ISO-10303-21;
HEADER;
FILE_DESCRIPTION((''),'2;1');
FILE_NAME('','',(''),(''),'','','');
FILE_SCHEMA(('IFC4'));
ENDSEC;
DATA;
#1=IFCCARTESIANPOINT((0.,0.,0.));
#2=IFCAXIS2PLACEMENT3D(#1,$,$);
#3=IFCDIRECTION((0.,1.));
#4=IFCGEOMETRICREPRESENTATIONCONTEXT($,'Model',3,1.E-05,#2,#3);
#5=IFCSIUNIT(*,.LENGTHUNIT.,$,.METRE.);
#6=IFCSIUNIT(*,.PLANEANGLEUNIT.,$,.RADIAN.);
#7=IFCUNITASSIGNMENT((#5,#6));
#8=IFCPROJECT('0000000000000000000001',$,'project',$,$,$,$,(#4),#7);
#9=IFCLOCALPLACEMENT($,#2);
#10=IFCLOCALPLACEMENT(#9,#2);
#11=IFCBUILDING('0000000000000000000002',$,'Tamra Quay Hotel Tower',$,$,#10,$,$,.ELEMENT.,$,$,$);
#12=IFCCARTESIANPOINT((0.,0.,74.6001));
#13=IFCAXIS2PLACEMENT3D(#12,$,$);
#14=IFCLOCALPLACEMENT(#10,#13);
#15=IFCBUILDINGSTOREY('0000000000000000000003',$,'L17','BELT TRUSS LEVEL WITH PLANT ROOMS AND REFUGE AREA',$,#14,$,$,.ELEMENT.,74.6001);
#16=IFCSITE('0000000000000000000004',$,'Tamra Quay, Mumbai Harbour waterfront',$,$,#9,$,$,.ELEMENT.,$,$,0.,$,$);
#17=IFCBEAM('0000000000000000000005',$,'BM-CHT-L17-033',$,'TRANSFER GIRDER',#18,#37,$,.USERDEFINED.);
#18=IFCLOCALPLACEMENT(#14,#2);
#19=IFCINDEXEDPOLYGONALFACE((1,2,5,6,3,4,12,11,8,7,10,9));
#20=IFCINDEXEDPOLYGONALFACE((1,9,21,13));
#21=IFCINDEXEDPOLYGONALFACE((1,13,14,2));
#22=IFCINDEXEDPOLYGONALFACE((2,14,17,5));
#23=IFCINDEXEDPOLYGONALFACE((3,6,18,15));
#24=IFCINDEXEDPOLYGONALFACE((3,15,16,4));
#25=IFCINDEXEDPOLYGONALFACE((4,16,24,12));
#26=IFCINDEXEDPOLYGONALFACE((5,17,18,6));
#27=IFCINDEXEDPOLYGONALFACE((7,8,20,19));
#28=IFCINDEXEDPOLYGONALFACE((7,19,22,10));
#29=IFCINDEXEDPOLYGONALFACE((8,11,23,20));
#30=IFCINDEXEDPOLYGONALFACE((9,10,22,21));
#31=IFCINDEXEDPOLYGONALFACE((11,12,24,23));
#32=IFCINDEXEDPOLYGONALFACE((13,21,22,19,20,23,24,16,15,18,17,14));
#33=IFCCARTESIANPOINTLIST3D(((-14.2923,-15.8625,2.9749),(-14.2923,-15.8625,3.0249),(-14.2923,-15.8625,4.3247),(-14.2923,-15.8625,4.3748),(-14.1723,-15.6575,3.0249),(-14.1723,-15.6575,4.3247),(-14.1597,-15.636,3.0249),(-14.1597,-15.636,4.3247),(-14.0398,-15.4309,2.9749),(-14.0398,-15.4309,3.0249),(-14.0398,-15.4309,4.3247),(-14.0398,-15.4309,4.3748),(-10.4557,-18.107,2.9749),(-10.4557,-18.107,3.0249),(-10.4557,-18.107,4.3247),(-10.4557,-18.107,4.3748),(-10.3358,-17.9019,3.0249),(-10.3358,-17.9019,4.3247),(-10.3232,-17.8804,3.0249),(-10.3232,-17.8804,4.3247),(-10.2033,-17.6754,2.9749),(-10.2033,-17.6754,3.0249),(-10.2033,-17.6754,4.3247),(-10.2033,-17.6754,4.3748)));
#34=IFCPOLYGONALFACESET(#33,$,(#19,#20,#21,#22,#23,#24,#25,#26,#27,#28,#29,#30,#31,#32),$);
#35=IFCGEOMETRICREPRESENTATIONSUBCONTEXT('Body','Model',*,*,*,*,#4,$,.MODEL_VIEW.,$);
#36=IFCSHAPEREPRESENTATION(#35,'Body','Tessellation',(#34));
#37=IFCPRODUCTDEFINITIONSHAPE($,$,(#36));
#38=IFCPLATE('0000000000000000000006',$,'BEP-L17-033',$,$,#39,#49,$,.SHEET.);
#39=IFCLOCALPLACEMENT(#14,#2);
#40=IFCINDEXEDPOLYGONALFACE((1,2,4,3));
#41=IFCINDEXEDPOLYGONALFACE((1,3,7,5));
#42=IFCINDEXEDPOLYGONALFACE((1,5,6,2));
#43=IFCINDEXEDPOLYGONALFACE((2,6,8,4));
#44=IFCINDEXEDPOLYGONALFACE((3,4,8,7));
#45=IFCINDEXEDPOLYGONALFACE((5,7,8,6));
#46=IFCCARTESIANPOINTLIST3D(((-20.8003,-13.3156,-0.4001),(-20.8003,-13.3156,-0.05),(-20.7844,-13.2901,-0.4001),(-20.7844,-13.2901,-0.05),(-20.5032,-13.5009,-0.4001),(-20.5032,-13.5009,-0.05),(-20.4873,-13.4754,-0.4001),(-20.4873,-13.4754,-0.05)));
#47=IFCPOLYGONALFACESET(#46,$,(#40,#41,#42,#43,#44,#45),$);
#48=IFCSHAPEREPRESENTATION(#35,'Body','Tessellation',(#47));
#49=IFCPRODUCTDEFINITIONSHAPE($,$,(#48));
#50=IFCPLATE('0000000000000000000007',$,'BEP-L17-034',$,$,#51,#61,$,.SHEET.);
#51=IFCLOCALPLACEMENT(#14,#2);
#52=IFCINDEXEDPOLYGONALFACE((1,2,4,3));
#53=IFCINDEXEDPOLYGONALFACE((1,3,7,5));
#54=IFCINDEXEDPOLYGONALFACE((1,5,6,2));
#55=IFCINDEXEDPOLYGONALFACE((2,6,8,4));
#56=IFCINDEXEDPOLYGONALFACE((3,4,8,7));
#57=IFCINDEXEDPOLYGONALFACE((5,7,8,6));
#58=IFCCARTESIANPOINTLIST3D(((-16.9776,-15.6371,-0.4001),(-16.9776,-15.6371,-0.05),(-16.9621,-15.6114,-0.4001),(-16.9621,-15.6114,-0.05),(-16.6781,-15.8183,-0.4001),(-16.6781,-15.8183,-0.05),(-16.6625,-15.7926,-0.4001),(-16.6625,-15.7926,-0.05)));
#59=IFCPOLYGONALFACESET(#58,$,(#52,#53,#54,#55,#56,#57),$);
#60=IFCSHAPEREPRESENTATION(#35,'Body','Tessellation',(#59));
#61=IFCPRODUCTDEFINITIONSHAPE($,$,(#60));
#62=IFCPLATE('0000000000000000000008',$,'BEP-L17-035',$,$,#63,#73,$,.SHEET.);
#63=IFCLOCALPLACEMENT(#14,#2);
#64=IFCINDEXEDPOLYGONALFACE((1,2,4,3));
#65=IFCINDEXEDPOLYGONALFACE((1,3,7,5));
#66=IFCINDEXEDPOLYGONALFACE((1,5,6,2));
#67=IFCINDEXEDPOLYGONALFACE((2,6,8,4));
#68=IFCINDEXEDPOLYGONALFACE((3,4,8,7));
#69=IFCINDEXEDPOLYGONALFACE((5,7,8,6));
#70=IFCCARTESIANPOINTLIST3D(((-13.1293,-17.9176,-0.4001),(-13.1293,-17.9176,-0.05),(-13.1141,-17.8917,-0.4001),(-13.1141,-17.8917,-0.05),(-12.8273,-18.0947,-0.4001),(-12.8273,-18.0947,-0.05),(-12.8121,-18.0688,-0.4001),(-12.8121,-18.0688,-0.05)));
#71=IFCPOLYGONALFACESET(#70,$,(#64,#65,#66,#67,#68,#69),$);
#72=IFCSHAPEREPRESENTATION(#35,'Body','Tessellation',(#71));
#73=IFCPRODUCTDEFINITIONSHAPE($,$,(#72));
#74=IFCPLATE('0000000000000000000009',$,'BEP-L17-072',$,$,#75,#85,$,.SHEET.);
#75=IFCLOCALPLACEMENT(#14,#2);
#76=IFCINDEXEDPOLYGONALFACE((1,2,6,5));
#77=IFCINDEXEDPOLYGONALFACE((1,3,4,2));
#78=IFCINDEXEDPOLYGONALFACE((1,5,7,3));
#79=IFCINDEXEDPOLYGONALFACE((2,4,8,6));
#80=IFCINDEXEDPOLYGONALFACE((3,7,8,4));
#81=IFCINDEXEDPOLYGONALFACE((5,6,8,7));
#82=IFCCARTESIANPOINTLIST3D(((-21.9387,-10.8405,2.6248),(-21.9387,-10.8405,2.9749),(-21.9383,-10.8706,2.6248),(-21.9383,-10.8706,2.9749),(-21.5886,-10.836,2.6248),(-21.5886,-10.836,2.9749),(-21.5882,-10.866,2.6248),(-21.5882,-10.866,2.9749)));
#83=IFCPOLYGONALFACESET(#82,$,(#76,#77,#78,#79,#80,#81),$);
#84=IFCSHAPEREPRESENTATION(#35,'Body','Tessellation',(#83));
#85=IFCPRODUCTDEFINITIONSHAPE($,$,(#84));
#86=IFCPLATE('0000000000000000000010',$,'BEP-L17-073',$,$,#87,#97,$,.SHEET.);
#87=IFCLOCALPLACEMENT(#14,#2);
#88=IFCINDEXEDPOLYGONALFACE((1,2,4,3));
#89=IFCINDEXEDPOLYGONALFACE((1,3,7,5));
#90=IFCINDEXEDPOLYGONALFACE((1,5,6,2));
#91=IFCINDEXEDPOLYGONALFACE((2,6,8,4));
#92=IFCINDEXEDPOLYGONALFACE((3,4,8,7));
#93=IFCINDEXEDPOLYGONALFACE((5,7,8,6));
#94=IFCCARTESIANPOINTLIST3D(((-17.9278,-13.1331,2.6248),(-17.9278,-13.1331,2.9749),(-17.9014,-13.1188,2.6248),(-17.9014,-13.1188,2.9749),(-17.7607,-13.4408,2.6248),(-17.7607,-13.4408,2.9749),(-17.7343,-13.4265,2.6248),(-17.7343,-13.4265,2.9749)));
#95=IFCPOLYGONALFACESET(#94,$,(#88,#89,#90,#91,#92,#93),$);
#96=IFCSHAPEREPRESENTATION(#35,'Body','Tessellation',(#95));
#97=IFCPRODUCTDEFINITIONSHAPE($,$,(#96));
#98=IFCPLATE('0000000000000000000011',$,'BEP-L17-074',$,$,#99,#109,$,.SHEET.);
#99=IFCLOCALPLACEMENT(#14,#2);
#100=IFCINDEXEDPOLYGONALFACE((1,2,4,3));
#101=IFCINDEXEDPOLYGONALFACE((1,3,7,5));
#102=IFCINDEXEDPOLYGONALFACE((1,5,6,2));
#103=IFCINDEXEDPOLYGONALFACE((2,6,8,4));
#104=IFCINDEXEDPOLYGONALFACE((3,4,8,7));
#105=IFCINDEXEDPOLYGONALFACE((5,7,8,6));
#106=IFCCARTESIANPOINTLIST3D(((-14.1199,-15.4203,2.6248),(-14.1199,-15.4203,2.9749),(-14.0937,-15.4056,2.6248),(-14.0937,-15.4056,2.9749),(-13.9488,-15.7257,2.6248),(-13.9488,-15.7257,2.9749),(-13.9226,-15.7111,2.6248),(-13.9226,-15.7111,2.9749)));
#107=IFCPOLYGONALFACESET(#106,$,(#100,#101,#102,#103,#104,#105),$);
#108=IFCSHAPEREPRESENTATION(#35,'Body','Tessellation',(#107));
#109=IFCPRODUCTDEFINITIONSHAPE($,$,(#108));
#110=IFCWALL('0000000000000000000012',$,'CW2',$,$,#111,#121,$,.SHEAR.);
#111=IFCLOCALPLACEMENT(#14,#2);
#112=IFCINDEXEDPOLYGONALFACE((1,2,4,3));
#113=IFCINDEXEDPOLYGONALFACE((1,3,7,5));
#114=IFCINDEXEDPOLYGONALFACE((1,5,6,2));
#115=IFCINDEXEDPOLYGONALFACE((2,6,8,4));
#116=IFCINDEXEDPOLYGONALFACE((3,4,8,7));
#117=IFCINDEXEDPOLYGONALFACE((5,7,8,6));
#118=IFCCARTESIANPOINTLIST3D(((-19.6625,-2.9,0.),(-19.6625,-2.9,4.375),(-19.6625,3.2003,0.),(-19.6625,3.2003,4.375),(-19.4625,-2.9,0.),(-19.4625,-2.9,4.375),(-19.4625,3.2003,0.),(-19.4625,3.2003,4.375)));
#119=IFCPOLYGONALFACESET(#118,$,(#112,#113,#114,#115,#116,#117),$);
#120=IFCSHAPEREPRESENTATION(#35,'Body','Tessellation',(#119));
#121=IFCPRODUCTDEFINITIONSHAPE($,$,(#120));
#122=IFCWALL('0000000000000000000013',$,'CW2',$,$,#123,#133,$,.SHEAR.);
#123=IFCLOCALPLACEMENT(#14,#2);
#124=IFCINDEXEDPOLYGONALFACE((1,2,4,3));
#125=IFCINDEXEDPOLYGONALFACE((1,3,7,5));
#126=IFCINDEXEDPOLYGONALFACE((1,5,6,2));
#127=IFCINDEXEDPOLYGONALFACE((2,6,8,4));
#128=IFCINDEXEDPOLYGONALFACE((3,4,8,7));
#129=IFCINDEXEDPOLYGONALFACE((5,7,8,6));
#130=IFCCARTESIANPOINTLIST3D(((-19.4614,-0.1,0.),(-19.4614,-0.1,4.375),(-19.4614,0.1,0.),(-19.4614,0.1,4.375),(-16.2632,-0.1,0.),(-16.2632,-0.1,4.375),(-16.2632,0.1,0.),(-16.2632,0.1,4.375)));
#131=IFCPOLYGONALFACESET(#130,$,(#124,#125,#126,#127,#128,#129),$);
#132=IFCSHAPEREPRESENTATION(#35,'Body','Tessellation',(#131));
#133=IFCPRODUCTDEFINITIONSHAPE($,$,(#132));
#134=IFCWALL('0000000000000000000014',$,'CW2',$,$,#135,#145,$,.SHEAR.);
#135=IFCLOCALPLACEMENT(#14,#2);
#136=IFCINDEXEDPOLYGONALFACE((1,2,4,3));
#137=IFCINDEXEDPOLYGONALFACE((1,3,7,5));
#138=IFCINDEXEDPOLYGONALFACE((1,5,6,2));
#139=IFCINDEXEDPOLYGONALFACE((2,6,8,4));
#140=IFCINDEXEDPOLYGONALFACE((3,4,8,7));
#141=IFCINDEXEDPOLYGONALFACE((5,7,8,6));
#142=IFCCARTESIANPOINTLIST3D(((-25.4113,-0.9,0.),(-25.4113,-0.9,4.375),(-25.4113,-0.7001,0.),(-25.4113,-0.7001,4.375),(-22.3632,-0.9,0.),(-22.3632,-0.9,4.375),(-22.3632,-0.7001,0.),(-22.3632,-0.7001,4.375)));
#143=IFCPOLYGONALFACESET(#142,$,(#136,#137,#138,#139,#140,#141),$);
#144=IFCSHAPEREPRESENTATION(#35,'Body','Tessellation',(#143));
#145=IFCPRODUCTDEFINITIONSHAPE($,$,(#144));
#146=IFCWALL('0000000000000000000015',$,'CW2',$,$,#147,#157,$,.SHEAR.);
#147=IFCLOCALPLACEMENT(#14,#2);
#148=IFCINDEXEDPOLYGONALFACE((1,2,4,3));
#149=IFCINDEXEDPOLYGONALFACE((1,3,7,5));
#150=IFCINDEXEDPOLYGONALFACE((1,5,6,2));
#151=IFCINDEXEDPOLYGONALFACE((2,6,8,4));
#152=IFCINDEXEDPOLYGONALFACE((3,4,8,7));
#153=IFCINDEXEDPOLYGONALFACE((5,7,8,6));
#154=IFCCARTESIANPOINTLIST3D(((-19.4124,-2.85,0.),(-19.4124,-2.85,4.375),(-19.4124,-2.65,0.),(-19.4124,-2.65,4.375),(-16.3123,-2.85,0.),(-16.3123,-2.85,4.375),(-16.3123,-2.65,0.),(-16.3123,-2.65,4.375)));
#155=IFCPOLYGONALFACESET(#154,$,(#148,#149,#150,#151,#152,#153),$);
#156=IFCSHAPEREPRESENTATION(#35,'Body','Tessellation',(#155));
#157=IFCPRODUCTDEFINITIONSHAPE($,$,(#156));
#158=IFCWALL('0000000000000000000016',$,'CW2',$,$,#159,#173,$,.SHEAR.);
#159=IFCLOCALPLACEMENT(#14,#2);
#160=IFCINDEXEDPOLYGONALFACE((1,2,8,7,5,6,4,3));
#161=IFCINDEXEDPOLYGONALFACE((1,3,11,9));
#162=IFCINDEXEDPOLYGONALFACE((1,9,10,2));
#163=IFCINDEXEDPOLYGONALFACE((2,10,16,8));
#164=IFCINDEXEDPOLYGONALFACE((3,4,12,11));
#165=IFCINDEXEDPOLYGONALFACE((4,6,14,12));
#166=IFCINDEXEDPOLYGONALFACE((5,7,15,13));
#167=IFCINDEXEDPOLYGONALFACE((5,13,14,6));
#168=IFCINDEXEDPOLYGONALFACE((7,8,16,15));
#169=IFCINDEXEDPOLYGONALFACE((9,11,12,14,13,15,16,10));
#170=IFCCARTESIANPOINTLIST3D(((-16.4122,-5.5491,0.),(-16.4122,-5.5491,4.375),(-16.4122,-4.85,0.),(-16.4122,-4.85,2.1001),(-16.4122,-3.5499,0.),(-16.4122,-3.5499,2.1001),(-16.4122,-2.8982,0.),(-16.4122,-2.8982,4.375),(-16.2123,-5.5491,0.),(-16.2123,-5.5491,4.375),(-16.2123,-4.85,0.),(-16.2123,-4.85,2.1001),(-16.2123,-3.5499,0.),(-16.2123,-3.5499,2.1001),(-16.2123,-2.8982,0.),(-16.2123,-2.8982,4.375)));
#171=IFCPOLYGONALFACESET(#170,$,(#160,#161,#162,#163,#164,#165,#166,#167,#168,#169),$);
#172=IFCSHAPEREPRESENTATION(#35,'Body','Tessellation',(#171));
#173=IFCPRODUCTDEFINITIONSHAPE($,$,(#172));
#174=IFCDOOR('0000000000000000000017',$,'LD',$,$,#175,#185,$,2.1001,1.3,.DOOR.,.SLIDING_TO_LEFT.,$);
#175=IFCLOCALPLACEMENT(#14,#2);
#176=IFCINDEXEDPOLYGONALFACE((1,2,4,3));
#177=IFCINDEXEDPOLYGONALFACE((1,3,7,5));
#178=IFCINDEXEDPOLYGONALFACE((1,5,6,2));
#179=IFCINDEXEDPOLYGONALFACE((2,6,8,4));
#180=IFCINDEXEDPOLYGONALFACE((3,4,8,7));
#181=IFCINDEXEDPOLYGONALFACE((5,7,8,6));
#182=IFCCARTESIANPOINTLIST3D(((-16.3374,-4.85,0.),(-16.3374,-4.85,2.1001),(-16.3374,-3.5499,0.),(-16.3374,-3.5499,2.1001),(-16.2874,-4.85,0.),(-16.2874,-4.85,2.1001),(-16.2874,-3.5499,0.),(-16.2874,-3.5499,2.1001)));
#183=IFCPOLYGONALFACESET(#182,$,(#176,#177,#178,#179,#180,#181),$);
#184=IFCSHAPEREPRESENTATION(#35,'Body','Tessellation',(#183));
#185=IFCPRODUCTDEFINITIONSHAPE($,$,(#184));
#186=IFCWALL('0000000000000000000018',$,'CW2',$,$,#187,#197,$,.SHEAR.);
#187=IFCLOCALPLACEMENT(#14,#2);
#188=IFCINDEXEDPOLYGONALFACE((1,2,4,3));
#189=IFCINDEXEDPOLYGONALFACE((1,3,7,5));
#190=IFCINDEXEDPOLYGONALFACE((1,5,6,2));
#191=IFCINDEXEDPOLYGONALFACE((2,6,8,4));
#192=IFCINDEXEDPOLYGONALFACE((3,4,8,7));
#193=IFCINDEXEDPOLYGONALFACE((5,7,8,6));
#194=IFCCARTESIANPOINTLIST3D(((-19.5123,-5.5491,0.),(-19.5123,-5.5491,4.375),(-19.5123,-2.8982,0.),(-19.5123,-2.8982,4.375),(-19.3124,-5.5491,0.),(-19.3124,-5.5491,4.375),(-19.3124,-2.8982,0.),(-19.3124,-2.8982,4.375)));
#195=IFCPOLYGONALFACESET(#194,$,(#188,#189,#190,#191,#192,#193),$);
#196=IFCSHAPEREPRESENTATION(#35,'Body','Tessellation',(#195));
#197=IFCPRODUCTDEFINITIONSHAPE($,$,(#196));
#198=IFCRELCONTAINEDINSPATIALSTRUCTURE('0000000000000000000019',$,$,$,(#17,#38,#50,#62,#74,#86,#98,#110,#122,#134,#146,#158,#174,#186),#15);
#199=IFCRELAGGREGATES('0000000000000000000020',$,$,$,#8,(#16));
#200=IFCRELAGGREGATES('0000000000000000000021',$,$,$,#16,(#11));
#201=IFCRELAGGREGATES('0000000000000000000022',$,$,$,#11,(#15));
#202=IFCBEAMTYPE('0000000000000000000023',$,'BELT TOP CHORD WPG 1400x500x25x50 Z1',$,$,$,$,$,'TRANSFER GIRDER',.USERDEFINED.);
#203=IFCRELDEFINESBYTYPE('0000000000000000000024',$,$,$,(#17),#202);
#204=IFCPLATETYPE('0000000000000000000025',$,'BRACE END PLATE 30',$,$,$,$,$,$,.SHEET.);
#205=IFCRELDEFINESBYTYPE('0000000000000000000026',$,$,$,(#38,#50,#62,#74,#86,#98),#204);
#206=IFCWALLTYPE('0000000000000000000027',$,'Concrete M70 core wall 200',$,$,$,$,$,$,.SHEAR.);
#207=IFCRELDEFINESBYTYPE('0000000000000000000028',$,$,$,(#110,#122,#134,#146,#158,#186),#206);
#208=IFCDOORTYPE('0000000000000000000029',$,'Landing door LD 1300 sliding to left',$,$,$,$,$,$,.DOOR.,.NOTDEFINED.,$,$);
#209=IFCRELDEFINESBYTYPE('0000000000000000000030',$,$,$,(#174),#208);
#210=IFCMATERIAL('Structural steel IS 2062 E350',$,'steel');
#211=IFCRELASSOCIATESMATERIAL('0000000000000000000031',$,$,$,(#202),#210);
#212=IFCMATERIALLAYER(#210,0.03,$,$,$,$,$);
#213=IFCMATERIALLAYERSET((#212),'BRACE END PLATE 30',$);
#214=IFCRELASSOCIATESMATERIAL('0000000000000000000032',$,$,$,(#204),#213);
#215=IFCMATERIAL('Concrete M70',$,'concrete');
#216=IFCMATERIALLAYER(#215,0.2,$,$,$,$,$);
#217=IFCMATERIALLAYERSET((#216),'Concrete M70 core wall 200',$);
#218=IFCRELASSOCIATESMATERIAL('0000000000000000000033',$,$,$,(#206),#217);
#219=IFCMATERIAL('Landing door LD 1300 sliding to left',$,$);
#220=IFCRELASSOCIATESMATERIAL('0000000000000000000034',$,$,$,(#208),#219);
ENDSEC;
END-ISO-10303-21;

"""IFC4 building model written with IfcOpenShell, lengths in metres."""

from ifc_helpers import new_model, si_unit, direction, frame, frame_2d, origin, origin_2d, place, context, subcontext, project, spatial, rectangle, i_section, extrude, material, layer, layer_set, material_profile, profile_set, type_object, element, fill, save


model = new_model("IFC4")

# Units and contexts
model_context = context("Model", 3, precision=1e-05, world=origin(), true_north=direction((0.0, 1.0)))
body_context = subcontext(model_context, "Body", "Model", "MODEL_VIEW")
ifc_project = project(units=[si_unit("LENGTHUNIT", "METRE"), si_unit("PLANEANGLEUNIT", "RADIAN")], contexts=[model_context])

# Site, building, storey
site_placement = place(None, origin())
site = spatial("IfcSite", under=ifc_project, at=site_placement, Name="Tamra Quay, Mumbai Harbour waterfront", CompositionType="ELEMENT", RefElevation=0.0)
building_placement = place(site_placement, origin())
building = spatial("IfcBuilding", under=site, at=building_placement, Name="Tamra Quay Hotel Tower", CompositionType="ELEMENT")
storey_placement = place(building_placement, frame((0.0, 0.0, 74.6001)))
storey = spatial("IfcBuildingStorey", under=building, at=storey_placement, Name="L17", Description="BELT TRUSS LEVEL WITH PLANT ROOMS AND REFUGE AREA", CompositionType="ELEMENT", Elevation=74.6001)

# Shared definitions
ifc_material_1 = material(Name="Structural steel IS 2062 E350", Category="steel")

# Beam
ifc_material_profile_1 = material_profile(ifc_material_1, i_section(OverallWidth=0.5, OverallDepth=1.3999, WebThickness=0.0249, FlangeThickness=0.05, at=origin_2d()), Name="WPG 1400x500x25x50")
ifc_profile_set_1 = profile_set([ifc_material_profile_1], Name="Structural steel IS 2062 E350")
beam_type_1 = type_object("IfcBeamType", Name="BELT TOP CHORD WPG 1400x500x25x50 Z1", ElementType="TRANSFER GIRDER", PredefinedType="USERDEFINED", material=ifc_profile_set_1)
for number, where, z_axis, x_axis, name in (
    (1, (-14.166, -15.6467, 3.6748), (0.863145, -0.504957, 0.0), (0.504957, 0.863145, 0.0), "BM-CHT-L17-033"),
):
    element("IfcBeam", number, at=place(storey_placement, frame(where, z_axis=z_axis, x_axis=x_axis)), inside=storey, type_object=beam_type_1, Name=name, ObjectType="TRANSFER GIRDER", PredefinedType="USERDEFINED", context=body_context, shape_type="SweptSolid", body=[
        extrude(i_section(OverallWidth=0.5, OverallDepth=1.3999, WebThickness=0.0249, FlangeThickness=0.05, at=origin_2d()), origin(), (0.0, 0.0, 1.0), 4.4448),
    ])

# Plates
ifc_layer_1 = layer(ifc_material_1, 0.03)
ifc_layer_set_1 = layer_set([ifc_layer_1], Name="BRACE END PLATE 30")
plate_type = type_object("IfcPlateType", Name="BRACE END PLATE 30", PredefinedType="SHEET", material=ifc_layer_set_1)
for number, where, z_axis, x_axis, name in (
    (2, (-20.6438, -13.3955, -0.4001), (0.0, 0.0, 1.0), (0.529133, 0.848539, 0.0), "BEP-L17-033"),
    (3, (-16.8201, -15.7148, -0.4001), (0.0, 0.0, 1.0), (0.517612, 0.855616, 0.0), "BEP-L17-034"),
    (4, (-12.9707, -17.9932, -0.4001), (0.0, 0.0, 1.0), (0.505898, 0.862593, 0.0), "BEP-L17-035"),
    (5, (-21.7634, -10.8533, 2.6248), (0.0, 0.0, 1.0), (-0.013009, 0.999915, 0.0), "BEP-L17-072"),
    (6, (-17.8311, -13.2798, 2.6248), (0.0, 0.0, 1.0), (0.878858, 0.477084, 0.0), "BEP-L17-073"),
    (7, (-14.0212, -15.5657, 2.6248), (0.0, 0.0, 1.0), (0.872529, 0.488562, 0.0), "BEP-L17-074"),
):
    element("IfcPlate", number, at=place(storey_placement, frame(where, z_axis=z_axis, x_axis=x_axis)), inside=storey, type_object=plate_type, Name=name, PredefinedType="SHEET", context=body_context, shape_type="SweptSolid", body=[
        extrude(rectangle(XDim=0.03, YDim=0.3501, at=origin_2d()), origin(), (0.0, 0.0, 1.0), 0.3501),
    ])

# Walls
ifc_material_2 = material(Name="Concrete M70", Category="concrete")
ifc_layer_2 = layer(ifc_material_2, 0.2)
ifc_layer_set_2 = layer_set([ifc_layer_2], Name="Concrete M70 core wall 200")
wall_type_1 = type_object("IfcWallType", Name="Concrete M70 core wall 200", PredefinedType="SHEAR", material=ifc_layer_set_2)
wall_1_placement = place(storey_placement, frame((-19.5625, -2.9001, 0.0), z_axis=(0.0, 0.0, 1.0), x_axis=(0.0, 1.0, 0.0)))
element("IfcWall", 8, at=wall_1_placement, inside=storey, type_object=wall_type_1, Name="CW2", PredefinedType="SHEAR", context=body_context, shape_type="SweptSolid", body=[
    extrude(rectangle(XDim=6.1003, YDim=0.2, at=frame_2d((3.0503, 0.0))), origin(), (0.0, 0.0, 1.0), 4.375),
])
wall_2_placement = place(storey_placement, frame((-16.2632, 0.0, 0.0), z_axis=(0.0, 0.0, 1.0), x_axis=(-1.0, 0.0, 0.0)))
element("IfcWall", 9, at=wall_2_placement, inside=storey, type_object=wall_type_1, Name="CW2", PredefinedType="SHEAR", context=body_context, shape_type="SweptSolid", body=[
    extrude(rectangle(XDim=3.1982, YDim=0.2, at=frame_2d((1.5991, 0.0))), origin(), (0.0, 0.0, 1.0), 4.375),
])
wall_3_placement = place(storey_placement, frame((-22.3633, -0.8, 0.0), z_axis=(0.0, 0.0, 1.0), x_axis=(-1.0, 0.0, 0.0)))
element("IfcWall", 10, at=wall_3_placement, inside=storey, type_object=wall_type_1, Name="CW2", PredefinedType="SHEAR", context=body_context, shape_type="SweptSolid", body=[
    extrude(rectangle(XDim=3.0481, YDim=0.2, at=frame_2d((1.5239, 0.0))), origin(), (0.0, 0.0, 1.0), 4.375),
])
wall_4_placement = place(storey_placement, frame((-19.4124, -2.75, 0.0), z_axis=(0.0, 0.0, 1.0), x_axis=(1.0, 0.0, 0.0)))
element("IfcWall", 11, at=wall_4_placement, inside=storey, type_object=wall_type_1, Name="CW2", PredefinedType="SHEAR", context=body_context, shape_type="SweptSolid", body=[
    extrude(rectangle(XDim=3.1001, YDim=0.2, at=frame_2d((1.55, 0.0))), origin(), (0.0, 0.0, 1.0), 4.375),
])

# Wall, opening, door
wall_5_placement = place(storey_placement, frame((-16.3123, -2.8982, 0.0), z_axis=(0.0, 0.0, 1.0), x_axis=(0.0, -1.0, 0.0)))
wall_5 = element("IfcWall", 12, at=wall_5_placement, inside=storey, type_object=wall_type_1, Name="CW2", PredefinedType="SHEAR", context=body_context, shape_type="SweptSolid", body=[
    extrude(rectangle(XDim=2.6509, YDim=0.2, at=frame_2d((1.3254, 0.0))), origin(), (0.0, 0.0, 1.0), 4.375),
])
opening_placement = place(wall_5_placement, frame((0.6519, 0.0, 0.0)))
opening = element("IfcOpeningElement", 13, at=opening_placement, cuts=wall_5, PredefinedType="OPENING", context=body_context, shape_type="SweptSolid", body=[
    extrude(rectangle(XDim=1.3, YDim=2.1001, at=frame_2d((0.6499, 1.05))), frame((0.0, 0.1099, 0.0), z_axis=(0.0, -1.0, 0.0), x_axis=(1.0, 0.0, 0.0)), (0.0, 0.0, 1.0), 0.22),
])
ifc_material_3 = material(Name="Landing door LD 1300 sliding to left")
door_type = type_object("IfcDoorType", Name="Landing door LD 1300 sliding to left", OperationType="NOTDEFINED", PredefinedType="DOOR", material=ifc_material_3)
door_placement = place(opening_placement, origin())
door = element("IfcDoor", 14, at=door_placement, inside=storey, type_object=door_type, Name="LD", OperationType="SLIDING_TO_LEFT", OverallHeight=2.1001, OverallWidth=1.3, PredefinedType="DOOR", context=body_context, shape_type="SweptSolid", body=[
    extrude(rectangle(XDim=1.3, YDim=2.1001, at=frame_2d((0.6499, 1.05))), frame((0.0, 0.0249, 0.0), z_axis=(0.0, -1.0, 0.0), x_axis=(1.0, 0.0, 0.0)), (0.0, 0.0, 1.0), 0.05),
])
fill(opening, door)

# Wall
wall_6_placement = place(storey_placement, frame((-19.4124, -5.5491, 0.0), z_axis=(0.0, 0.0, 1.0), x_axis=(0.0, 1.0, 0.0)))
element("IfcWall", 15, at=wall_6_placement, inside=storey, type_object=wall_type_1, Name="CW2", PredefinedType="SHEAR", context=body_context, shape_type="SweptSolid", body=[
    extrude(rectangle(XDim=2.6509, YDim=0.2, at=frame_2d((1.3254, 0.0))), origin(), (0.0, 0.0, 1.0), 4.375),
])

save(model, "model.ifc")
